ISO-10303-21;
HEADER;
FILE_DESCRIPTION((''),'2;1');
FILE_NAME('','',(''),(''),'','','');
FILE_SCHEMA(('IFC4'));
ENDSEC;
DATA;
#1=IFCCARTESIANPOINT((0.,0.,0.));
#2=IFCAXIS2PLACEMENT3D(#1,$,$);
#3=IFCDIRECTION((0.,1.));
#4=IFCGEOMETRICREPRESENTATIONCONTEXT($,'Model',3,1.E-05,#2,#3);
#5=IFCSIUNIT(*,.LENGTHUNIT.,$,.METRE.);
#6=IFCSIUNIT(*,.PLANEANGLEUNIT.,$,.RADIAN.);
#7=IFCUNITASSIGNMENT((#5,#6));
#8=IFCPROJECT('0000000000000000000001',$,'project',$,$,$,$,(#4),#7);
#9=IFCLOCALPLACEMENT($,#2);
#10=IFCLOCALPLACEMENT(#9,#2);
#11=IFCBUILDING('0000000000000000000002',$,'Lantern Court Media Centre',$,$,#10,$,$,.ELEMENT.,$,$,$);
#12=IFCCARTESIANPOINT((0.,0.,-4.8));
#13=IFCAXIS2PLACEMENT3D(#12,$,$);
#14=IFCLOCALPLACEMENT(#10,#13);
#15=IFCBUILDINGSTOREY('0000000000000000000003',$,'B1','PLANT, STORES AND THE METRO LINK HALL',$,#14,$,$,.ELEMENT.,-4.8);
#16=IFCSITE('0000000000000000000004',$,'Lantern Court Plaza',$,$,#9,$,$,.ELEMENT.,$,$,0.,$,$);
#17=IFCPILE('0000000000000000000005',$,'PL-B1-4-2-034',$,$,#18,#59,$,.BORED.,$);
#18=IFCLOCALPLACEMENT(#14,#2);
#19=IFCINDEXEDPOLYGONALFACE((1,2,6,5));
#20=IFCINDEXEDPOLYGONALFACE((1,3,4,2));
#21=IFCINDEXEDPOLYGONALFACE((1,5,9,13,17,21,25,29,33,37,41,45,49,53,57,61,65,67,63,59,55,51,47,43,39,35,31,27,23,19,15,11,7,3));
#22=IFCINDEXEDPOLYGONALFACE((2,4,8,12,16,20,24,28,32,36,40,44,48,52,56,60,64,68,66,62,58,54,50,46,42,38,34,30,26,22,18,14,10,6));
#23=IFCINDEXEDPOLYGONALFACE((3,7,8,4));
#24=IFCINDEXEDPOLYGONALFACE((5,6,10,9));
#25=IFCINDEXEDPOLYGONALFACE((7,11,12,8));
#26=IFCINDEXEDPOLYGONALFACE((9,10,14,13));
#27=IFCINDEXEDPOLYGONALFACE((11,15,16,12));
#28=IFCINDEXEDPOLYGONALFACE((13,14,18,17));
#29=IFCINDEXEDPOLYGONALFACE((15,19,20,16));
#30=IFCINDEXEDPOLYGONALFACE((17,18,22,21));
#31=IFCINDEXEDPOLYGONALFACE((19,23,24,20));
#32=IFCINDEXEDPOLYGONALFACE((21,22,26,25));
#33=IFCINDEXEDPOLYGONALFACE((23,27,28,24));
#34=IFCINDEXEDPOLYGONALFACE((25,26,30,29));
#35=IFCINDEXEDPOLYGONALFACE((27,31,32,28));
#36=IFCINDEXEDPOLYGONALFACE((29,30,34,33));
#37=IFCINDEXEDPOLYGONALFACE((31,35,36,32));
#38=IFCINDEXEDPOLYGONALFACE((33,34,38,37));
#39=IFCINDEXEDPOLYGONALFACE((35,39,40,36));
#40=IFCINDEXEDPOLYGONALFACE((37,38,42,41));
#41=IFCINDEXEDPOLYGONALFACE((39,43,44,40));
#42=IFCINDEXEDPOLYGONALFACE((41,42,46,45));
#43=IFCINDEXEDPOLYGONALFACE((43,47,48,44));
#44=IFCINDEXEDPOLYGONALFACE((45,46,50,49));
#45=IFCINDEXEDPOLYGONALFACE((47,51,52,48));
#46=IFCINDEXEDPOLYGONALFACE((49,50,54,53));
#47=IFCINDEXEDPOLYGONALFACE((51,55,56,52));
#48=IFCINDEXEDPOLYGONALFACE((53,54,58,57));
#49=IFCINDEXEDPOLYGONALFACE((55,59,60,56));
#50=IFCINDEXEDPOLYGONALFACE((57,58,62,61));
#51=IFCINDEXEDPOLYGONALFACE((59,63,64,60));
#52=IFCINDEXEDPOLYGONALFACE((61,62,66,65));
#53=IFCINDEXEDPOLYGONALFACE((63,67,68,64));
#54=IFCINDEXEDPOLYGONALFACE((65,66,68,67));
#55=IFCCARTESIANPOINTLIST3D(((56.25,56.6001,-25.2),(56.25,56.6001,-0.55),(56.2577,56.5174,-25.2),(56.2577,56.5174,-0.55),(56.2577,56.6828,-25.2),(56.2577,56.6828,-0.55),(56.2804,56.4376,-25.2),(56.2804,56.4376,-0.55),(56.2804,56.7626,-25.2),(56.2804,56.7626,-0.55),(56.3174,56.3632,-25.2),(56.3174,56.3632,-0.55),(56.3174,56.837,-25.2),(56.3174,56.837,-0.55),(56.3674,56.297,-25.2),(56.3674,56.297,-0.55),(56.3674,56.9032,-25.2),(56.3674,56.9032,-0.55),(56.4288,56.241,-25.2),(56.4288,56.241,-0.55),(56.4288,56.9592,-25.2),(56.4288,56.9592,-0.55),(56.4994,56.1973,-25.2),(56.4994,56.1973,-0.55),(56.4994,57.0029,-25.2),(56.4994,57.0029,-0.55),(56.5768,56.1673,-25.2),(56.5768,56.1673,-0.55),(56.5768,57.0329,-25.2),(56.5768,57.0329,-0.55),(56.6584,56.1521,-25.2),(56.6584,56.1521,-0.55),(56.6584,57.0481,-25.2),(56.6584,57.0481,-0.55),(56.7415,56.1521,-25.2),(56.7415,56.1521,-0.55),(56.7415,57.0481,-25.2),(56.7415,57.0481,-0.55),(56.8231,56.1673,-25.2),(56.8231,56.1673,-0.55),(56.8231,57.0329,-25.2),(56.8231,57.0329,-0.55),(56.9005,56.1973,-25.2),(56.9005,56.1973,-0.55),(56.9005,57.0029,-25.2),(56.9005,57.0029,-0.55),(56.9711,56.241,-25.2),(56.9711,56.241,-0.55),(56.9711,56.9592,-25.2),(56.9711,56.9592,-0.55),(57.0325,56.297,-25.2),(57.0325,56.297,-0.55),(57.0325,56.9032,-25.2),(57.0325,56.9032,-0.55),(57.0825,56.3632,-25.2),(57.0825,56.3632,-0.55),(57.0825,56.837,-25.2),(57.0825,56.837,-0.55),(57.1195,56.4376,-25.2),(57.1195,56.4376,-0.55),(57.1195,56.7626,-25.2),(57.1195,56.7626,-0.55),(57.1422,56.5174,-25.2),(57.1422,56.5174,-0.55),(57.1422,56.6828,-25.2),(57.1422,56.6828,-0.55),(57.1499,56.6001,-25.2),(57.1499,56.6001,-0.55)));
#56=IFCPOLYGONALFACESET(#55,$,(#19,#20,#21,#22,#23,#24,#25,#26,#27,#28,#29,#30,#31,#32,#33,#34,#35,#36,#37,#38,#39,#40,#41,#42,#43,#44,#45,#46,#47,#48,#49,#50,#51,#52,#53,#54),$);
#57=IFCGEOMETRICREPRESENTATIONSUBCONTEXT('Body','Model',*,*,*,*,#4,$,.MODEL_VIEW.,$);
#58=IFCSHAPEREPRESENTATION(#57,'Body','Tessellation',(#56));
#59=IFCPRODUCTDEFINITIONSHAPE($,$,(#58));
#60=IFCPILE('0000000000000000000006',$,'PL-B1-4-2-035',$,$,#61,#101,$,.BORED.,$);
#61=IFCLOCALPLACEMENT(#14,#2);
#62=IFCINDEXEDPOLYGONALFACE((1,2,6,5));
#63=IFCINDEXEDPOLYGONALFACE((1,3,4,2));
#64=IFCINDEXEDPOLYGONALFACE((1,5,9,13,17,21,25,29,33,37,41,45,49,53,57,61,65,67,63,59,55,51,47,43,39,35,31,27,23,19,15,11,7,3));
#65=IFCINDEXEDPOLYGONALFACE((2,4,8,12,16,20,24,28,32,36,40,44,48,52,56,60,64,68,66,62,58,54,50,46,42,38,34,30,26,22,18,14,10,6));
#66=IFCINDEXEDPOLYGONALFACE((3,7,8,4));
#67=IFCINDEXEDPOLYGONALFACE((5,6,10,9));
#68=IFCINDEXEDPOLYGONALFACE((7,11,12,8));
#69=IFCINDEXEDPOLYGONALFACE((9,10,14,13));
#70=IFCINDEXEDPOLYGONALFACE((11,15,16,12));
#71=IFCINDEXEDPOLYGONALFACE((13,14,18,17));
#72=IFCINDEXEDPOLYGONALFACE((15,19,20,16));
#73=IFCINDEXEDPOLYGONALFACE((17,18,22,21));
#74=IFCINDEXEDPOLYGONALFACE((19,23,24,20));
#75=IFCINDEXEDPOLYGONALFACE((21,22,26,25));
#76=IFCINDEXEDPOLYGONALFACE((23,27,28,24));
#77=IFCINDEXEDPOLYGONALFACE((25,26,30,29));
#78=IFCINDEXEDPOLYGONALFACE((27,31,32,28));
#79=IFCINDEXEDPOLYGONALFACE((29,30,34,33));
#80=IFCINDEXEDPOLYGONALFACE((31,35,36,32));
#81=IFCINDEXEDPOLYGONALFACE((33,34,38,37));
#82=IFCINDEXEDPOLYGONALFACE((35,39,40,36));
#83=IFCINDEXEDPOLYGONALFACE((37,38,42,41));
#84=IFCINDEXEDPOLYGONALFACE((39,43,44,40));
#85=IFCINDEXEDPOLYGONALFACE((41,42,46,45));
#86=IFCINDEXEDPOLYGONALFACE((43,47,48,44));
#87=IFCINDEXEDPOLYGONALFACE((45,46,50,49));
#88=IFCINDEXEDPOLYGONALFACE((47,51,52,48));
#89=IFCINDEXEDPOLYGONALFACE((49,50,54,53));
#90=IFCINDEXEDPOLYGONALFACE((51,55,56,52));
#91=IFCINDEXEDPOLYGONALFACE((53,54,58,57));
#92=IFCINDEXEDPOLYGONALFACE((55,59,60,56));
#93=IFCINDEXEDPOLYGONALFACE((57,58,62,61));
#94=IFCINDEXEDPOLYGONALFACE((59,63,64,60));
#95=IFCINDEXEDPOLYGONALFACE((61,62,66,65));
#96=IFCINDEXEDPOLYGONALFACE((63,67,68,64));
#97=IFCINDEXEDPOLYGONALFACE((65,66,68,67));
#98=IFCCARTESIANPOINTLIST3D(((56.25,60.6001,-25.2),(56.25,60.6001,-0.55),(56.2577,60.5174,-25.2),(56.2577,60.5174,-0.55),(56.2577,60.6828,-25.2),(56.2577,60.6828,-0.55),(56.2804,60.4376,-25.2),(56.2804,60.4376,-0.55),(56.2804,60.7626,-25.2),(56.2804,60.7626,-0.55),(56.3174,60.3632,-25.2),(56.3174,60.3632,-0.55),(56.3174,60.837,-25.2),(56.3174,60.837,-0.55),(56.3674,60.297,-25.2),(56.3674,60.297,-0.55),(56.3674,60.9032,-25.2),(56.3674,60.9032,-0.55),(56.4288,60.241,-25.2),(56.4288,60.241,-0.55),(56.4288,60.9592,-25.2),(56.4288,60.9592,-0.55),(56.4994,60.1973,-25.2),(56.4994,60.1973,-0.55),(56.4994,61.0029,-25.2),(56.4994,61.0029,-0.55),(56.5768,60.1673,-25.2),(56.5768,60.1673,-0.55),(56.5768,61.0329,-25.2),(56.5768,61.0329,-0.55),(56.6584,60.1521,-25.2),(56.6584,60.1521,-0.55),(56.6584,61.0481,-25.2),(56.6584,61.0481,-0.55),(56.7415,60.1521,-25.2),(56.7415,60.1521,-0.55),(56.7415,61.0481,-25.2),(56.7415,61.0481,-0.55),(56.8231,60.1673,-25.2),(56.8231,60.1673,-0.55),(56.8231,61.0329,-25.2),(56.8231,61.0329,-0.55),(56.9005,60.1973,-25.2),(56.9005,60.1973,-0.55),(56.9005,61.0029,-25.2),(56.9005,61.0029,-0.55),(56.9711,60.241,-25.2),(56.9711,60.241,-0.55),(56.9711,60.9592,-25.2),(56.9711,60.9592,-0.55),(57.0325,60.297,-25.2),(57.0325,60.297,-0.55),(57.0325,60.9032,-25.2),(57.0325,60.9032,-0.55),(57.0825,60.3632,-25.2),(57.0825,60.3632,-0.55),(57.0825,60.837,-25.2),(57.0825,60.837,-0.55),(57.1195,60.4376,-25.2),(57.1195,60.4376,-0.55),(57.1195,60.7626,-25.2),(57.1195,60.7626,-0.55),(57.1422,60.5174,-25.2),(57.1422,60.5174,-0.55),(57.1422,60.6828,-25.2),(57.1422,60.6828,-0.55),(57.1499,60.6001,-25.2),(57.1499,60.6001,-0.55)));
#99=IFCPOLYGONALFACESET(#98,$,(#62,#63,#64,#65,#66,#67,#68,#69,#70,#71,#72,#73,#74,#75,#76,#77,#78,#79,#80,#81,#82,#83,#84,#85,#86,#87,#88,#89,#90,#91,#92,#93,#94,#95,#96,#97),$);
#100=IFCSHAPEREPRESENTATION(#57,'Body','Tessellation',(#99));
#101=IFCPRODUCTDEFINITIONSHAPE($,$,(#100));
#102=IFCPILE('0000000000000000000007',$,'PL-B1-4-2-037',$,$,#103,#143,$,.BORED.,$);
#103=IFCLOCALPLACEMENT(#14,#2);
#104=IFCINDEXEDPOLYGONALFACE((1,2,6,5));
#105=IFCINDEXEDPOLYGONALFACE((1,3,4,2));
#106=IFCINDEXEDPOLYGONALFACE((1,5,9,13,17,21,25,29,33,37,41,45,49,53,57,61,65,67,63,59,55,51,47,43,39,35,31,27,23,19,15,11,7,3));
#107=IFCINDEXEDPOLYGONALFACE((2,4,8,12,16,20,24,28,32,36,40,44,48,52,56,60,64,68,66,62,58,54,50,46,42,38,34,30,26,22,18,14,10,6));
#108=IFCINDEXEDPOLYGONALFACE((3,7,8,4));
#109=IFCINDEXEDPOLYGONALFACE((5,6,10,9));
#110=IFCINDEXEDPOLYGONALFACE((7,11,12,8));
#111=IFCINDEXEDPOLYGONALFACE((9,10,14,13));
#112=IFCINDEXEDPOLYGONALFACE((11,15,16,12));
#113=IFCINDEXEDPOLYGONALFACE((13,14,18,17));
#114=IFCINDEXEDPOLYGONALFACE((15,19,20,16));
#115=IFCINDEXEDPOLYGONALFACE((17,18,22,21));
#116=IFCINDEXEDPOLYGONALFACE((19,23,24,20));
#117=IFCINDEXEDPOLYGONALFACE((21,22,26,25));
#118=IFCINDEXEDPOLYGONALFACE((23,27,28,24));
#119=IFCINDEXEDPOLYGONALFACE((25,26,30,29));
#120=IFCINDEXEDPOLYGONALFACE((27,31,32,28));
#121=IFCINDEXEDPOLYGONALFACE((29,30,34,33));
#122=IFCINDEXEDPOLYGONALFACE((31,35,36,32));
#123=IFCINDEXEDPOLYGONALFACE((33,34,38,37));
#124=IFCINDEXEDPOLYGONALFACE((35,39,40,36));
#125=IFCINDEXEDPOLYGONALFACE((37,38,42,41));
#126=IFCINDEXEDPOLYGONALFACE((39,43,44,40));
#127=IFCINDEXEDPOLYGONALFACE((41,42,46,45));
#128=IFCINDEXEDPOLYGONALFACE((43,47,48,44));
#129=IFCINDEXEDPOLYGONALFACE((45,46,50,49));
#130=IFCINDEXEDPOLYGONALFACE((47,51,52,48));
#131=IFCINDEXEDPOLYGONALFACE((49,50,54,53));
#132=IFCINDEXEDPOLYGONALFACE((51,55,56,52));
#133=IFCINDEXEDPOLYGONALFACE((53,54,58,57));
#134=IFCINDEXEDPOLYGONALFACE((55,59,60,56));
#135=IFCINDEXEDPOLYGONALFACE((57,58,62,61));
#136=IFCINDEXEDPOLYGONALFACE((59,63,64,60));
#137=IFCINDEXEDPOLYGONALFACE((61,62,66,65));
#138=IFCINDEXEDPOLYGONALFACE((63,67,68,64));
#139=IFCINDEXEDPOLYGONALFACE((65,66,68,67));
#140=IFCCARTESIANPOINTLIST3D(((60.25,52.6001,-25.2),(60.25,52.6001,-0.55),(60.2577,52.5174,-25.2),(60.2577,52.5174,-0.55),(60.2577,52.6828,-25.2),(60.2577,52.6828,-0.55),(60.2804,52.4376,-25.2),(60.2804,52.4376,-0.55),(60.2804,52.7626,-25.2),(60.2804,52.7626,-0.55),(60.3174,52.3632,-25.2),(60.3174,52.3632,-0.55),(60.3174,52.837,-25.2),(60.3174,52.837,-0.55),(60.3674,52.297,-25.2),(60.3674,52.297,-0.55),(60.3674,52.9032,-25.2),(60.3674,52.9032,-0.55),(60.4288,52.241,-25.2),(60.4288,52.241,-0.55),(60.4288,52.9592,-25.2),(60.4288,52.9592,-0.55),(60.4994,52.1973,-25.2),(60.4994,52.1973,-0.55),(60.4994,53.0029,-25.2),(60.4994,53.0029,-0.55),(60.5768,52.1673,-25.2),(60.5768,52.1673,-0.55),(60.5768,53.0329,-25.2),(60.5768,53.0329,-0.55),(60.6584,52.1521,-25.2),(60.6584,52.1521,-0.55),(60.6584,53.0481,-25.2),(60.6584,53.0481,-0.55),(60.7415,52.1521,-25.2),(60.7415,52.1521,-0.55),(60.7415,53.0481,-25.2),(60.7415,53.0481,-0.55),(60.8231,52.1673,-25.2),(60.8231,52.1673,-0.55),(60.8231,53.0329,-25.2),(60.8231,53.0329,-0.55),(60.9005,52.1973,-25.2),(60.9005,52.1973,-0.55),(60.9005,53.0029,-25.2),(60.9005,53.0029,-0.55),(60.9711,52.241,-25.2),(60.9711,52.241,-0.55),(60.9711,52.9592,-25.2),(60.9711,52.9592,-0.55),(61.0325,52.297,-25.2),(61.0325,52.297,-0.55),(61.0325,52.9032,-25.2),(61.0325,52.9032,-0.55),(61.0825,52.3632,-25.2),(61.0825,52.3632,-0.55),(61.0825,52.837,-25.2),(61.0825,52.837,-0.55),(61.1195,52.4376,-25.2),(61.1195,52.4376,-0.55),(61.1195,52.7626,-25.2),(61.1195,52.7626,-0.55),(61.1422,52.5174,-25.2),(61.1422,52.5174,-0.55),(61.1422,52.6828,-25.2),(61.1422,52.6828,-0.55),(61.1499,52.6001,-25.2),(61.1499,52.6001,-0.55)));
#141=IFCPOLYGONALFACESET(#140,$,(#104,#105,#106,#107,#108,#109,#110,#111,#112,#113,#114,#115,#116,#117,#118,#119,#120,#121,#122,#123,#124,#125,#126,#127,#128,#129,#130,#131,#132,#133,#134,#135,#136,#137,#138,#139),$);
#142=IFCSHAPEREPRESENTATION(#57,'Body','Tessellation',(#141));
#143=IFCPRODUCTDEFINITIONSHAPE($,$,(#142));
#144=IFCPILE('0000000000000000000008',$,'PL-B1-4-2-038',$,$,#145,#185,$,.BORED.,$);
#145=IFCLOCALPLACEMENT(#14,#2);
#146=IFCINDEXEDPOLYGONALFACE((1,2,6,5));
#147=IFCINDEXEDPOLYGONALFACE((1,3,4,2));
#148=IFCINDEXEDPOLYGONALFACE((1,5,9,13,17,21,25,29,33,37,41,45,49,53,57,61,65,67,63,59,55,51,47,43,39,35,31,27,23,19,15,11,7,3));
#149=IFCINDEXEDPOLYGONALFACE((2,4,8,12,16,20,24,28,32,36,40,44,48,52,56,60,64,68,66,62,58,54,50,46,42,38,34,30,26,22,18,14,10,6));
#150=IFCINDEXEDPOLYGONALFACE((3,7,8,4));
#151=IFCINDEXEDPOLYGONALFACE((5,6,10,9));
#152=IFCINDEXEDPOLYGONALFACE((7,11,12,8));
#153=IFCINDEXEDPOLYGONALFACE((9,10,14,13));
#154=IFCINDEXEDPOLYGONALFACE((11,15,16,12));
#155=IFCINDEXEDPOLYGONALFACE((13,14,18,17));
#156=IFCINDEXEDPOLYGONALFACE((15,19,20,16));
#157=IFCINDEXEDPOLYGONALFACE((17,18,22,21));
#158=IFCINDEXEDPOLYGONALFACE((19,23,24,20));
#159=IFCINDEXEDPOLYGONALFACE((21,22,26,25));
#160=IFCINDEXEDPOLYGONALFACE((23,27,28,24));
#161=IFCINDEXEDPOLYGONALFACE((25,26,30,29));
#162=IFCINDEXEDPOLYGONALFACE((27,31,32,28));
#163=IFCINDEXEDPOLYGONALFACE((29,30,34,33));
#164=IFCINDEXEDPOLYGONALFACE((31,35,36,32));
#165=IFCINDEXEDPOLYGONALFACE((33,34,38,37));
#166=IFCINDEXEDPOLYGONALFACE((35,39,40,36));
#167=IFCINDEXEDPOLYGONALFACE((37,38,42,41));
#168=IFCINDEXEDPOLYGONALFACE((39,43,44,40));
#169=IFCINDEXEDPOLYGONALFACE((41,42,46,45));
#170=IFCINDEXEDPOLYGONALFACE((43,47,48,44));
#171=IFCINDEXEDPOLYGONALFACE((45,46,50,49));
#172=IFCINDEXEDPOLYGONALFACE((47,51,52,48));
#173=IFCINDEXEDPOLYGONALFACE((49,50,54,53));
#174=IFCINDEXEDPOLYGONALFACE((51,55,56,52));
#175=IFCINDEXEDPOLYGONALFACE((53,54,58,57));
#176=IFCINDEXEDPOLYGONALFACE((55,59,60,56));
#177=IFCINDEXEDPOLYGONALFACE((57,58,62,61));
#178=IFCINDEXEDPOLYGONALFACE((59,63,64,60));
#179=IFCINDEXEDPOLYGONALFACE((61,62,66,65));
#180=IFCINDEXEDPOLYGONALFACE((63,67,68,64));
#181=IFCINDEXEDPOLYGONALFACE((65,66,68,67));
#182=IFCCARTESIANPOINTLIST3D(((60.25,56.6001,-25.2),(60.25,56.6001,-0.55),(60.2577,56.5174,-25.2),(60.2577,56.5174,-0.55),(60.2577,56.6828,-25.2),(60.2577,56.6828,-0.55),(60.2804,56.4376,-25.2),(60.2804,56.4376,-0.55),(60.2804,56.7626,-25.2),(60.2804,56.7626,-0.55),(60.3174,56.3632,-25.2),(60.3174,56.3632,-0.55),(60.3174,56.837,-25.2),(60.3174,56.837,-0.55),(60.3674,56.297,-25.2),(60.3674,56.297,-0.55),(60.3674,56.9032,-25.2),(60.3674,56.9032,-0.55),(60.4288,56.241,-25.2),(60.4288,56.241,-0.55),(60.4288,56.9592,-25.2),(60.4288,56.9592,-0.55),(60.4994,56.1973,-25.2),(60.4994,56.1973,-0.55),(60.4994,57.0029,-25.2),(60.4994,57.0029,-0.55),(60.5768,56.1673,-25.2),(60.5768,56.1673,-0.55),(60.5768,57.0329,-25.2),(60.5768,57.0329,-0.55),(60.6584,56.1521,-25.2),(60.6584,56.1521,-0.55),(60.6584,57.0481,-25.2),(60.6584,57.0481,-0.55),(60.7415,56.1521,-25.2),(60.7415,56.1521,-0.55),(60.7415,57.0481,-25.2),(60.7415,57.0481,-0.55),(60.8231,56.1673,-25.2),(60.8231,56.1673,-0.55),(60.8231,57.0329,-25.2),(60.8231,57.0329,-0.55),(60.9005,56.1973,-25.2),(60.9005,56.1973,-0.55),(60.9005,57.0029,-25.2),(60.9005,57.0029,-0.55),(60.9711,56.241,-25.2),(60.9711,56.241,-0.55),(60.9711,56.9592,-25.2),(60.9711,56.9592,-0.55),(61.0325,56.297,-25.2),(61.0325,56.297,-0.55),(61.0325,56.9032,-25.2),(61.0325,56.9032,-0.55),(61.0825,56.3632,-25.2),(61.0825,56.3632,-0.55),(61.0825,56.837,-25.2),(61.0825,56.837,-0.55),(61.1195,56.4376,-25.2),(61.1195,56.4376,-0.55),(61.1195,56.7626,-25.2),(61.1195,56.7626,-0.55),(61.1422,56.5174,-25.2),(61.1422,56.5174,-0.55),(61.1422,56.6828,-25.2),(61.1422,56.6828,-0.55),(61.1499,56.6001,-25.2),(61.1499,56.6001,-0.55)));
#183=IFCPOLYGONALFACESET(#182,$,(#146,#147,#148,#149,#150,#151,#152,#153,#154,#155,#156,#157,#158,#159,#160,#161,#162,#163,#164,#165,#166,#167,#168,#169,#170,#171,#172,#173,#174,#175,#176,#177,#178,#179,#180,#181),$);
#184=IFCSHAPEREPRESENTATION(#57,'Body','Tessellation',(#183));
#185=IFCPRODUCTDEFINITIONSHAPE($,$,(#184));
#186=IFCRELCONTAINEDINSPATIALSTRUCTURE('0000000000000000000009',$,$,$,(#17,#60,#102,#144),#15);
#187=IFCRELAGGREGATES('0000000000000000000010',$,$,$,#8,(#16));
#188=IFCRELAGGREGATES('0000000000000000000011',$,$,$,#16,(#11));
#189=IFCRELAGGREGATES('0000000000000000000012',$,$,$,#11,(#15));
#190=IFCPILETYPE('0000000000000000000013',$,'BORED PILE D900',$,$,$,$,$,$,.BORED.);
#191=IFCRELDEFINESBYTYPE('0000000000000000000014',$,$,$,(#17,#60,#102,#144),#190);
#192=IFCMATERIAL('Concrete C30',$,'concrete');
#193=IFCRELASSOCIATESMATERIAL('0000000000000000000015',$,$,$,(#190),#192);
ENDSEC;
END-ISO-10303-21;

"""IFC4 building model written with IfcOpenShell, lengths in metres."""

from ifc_helpers import new_model, si_unit, direction, frame, origin, origin_2d, place, context, subcontext, project, spatial, circle, extrude, material, material_profile, profile_set, type_object, element, save


model = new_model("IFC4")

# Units and contexts
model_context = context("Model", 3, precision=1e-05, world=origin(), true_north=direction((0.0, 1.0)))
body_context = subcontext(model_context, "Body", "Model", "MODEL_VIEW")
ifc_project = project(units=[si_unit("LENGTHUNIT", "METRE"), si_unit("PLANEANGLEUNIT", "RADIAN")], contexts=[model_context])

# Site, building, storey
site_placement = place(None, origin())
site = spatial("IfcSite", under=ifc_project, at=site_placement, Name="Lantern Court Plaza", CompositionType="ELEMENT", RefElevation=0.0)
building_placement = place(site_placement, origin())
building = spatial("IfcBuilding", under=site, at=building_placement, Name="Lantern Court Media Centre", CompositionType="ELEMENT")
storey_placement = place(building_placement, frame((0.0, 0.0, -4.8)))
storey = spatial("IfcBuildingStorey", under=building, at=storey_placement, Name="B1", Description="PLANT, STORES AND THE METRO LINK HALL", CompositionType="ELEMENT", Elevation=-4.8)

# Piles
ifc_material_1 = material(Name="Concrete C30", Category="concrete")
ifc_material_profile_1 = material_profile(ifc_material_1, circle(Radius=0.45, at=origin_2d()), Name="D900")
ifc_profile_set_1 = profile_set([ifc_material_profile_1], Name="Concrete C30")
pile_type = type_object("IfcPileType", Name="BORED PILE D900", PredefinedType="BORED", material=ifc_profile_set_1)
for number, where, z_axis, x_axis, name in (
    (1, (56.7, 56.6001, -0.55), (0.0, 0.0, -1.0), (1.0, 0.0, 0.0), "PL-B1-4-2-034"),
    (2, (56.7, 60.6001, -0.55), (0.0, 0.0, -1.0), (1.0, 0.0, 0.0), "PL-B1-4-2-035"),
    (3, (60.7, 52.6001, -0.55), (0.0, 0.0, -1.0), (1.0, 0.0, 0.0), "PL-B1-4-2-037"),
    (4, (60.7, 56.6001, -0.55), (0.0, 0.0, -1.0), (1.0, 0.0, 0.0), "PL-B1-4-2-038"),
):
    element("IfcPile", number, at=place(storey_placement, frame(where, z_axis=z_axis, x_axis=x_axis)), inside=storey, type_object=pile_type, Name=name, PredefinedType="BORED", context=body_context, shape_type="SweptSolid", body=[
        extrude(circle(Radius=0.45, at=origin_2d()), origin(), (0.0, 0.0, 1.0), 24.6499),
    ])

save(model, "model.ifc")
